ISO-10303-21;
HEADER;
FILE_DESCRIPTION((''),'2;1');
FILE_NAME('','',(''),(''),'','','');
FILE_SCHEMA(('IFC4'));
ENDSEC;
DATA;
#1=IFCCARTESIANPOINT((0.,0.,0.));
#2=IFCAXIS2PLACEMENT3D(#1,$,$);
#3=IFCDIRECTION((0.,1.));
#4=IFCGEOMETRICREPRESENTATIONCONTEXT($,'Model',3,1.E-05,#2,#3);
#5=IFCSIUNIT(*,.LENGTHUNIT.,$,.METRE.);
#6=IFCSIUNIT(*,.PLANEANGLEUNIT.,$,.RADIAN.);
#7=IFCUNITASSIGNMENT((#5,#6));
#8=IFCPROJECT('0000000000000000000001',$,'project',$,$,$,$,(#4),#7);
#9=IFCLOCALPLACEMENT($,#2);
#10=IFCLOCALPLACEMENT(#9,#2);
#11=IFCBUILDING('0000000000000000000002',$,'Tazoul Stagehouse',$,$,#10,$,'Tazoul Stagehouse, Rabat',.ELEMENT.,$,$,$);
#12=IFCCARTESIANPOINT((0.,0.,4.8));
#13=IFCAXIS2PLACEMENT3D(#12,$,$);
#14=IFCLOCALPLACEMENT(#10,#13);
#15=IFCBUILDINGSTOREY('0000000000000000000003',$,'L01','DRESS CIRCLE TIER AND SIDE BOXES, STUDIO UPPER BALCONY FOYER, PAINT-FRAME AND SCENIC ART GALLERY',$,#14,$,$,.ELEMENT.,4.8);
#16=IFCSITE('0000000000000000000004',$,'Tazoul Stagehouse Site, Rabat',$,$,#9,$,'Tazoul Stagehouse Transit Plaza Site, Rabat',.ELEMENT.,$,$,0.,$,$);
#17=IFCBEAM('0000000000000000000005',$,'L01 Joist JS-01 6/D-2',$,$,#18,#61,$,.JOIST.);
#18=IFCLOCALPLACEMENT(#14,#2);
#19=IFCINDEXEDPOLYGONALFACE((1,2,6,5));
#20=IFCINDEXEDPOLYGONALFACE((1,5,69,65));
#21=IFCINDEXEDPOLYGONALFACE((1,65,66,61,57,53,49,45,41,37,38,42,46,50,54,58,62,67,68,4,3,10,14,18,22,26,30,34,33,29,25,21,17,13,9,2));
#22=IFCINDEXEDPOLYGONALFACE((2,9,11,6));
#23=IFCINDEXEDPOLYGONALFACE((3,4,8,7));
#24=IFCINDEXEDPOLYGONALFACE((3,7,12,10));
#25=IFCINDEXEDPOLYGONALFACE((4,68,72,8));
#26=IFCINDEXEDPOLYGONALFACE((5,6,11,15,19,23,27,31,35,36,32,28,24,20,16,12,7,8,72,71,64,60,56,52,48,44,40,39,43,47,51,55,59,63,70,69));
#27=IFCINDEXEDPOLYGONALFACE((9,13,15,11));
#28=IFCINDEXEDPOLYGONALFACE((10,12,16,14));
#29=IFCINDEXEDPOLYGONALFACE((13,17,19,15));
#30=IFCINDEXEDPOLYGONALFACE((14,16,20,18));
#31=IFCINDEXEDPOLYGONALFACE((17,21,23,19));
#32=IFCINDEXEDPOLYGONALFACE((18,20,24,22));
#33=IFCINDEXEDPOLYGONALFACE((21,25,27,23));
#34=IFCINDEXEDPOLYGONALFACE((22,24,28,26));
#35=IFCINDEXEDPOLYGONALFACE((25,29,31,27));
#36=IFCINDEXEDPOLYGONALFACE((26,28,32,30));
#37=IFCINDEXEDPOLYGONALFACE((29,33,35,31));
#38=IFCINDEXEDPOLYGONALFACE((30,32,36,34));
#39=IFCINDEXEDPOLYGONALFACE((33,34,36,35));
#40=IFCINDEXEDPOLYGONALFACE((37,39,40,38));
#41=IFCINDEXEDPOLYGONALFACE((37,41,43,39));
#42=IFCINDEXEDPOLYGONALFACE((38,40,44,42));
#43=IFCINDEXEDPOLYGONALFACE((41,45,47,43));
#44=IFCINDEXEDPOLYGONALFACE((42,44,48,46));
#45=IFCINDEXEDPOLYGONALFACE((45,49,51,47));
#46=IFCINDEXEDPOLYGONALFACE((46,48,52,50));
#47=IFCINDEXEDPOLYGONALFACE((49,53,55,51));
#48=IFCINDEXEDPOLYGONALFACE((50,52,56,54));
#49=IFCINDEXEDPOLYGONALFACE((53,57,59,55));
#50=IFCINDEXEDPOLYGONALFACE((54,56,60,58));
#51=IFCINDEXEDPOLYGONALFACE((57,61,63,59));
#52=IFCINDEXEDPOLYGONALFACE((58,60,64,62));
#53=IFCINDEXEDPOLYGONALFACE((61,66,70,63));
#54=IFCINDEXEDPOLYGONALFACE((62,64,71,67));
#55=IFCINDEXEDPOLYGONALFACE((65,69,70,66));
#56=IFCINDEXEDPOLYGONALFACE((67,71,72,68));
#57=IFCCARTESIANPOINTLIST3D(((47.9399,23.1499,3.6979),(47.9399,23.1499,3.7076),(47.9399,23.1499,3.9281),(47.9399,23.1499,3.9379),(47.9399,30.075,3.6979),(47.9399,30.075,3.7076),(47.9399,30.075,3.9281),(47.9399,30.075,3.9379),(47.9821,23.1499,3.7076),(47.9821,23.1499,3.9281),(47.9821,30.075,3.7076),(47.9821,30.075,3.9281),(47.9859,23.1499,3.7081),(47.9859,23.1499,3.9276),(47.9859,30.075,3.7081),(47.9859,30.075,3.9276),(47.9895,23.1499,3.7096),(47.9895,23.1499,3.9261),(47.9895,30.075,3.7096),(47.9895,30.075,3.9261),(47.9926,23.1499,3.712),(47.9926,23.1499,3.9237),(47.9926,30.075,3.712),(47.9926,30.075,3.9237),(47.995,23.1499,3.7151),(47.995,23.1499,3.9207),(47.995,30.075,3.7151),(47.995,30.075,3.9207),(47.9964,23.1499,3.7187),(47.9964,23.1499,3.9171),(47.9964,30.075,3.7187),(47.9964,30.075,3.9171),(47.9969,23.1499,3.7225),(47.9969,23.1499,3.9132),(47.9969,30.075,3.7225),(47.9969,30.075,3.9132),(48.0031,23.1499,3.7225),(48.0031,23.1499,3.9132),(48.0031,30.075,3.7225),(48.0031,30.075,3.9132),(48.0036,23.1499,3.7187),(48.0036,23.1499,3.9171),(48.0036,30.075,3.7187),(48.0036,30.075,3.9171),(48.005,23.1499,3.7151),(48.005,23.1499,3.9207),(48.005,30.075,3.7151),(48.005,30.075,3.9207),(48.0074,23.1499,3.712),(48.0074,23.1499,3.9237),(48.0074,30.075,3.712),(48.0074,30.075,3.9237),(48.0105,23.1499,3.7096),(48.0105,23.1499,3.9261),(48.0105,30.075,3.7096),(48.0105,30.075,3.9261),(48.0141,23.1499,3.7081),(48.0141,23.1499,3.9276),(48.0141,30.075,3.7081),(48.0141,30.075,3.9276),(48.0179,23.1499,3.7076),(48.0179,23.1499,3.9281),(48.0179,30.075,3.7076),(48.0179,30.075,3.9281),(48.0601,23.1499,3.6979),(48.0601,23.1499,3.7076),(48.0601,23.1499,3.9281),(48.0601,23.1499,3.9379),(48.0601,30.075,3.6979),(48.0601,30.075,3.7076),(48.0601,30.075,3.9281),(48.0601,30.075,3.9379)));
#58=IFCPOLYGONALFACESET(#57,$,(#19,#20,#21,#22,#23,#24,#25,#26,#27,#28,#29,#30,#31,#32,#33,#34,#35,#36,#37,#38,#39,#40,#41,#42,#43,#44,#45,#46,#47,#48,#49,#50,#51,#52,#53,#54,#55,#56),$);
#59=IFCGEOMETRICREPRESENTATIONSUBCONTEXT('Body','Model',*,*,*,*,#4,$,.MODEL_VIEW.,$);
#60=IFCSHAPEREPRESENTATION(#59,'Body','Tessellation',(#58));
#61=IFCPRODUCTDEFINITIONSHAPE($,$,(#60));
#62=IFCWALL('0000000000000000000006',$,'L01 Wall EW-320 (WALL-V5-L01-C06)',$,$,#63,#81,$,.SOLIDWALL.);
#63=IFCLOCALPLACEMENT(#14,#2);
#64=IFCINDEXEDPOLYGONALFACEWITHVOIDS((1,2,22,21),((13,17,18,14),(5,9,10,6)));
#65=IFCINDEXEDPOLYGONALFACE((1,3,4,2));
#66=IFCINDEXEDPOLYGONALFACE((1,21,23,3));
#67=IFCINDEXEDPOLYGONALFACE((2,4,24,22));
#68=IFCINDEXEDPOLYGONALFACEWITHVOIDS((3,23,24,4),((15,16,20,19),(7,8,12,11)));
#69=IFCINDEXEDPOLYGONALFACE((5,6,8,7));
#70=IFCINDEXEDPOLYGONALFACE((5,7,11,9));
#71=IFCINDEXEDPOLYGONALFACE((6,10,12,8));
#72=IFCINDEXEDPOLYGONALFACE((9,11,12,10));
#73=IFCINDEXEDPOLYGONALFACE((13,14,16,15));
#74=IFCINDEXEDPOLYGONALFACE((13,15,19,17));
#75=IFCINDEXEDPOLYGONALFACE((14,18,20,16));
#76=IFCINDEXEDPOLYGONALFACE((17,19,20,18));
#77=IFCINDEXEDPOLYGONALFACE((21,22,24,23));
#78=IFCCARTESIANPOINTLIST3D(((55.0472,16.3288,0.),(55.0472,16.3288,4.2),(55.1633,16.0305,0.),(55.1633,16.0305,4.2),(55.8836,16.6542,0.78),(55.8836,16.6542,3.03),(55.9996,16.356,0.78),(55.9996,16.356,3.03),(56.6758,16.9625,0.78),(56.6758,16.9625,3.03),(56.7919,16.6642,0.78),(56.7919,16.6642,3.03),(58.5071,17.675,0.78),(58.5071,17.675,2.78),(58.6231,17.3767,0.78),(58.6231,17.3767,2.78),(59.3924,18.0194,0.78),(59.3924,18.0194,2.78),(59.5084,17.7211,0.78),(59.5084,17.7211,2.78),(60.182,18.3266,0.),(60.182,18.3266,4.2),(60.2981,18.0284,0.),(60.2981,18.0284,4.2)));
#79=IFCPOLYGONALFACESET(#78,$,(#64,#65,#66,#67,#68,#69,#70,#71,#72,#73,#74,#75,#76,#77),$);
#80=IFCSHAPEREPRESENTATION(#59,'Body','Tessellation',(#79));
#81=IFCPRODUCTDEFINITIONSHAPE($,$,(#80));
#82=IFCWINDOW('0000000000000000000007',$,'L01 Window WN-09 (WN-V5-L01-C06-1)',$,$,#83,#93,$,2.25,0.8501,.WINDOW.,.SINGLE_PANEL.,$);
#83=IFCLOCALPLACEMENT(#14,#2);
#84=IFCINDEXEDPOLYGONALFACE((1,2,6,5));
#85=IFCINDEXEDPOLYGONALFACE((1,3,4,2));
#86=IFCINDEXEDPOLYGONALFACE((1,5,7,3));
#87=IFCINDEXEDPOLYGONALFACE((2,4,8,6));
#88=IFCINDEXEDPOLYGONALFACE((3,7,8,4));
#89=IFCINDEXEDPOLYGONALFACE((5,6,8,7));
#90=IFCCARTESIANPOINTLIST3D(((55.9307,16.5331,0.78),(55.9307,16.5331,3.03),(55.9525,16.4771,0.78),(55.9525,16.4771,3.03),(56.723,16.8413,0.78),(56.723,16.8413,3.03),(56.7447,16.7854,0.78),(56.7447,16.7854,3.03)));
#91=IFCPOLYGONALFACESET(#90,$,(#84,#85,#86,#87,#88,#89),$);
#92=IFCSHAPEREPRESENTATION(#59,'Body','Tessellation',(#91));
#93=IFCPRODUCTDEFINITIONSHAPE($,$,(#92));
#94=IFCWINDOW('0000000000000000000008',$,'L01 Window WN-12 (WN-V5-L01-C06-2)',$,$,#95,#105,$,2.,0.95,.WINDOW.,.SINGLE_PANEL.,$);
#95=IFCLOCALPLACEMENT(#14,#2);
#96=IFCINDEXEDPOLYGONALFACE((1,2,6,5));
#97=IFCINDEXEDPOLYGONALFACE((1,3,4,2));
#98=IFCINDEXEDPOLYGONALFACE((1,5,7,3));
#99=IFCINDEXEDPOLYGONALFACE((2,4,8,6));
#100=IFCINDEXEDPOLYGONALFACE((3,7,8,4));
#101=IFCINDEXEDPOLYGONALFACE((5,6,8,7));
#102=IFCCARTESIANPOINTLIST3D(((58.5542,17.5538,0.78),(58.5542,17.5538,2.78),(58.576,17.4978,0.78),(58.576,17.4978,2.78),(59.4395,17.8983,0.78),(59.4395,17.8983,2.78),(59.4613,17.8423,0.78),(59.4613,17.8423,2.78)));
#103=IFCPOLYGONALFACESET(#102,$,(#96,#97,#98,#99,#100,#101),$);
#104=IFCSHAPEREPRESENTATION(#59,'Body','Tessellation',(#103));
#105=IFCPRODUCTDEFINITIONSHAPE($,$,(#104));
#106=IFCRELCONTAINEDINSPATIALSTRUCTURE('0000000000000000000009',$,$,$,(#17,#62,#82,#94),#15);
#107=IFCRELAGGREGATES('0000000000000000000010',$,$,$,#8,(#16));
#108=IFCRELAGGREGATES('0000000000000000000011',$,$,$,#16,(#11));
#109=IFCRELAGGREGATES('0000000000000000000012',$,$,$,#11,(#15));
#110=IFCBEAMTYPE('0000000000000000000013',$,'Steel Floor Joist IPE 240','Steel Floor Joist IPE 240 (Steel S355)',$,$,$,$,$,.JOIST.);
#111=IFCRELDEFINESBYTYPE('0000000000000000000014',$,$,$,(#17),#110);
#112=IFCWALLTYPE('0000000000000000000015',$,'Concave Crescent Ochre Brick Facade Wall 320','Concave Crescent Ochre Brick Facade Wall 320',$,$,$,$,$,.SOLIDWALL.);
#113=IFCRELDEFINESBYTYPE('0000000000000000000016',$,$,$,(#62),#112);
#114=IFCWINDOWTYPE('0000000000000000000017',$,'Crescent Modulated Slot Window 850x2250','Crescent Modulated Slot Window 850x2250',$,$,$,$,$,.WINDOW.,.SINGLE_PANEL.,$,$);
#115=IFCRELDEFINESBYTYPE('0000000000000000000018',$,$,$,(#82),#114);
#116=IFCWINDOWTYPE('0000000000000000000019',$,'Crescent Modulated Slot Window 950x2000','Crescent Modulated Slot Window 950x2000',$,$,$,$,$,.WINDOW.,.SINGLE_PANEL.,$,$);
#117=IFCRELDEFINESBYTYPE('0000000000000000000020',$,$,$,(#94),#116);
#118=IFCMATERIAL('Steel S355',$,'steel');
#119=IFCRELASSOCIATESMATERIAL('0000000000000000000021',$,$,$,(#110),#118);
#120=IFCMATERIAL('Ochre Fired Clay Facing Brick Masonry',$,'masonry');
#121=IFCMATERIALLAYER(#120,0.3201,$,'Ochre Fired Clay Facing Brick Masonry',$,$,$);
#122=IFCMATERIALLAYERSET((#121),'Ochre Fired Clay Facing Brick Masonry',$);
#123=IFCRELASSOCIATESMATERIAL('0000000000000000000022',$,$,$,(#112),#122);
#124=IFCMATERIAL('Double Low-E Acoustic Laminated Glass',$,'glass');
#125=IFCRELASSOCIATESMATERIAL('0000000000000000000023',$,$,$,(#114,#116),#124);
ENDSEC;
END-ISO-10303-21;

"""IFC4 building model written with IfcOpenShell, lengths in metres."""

from ifc_helpers import new_model, si_unit, direction, frame, frame_2d, origin, origin_2d, place, context, subcontext, project, spatial, rectangle, i_section, extrude, material, layer, layer_set, material_profile, profile_set, type_object, element, fill, save


model = new_model("IFC4")

# Units and contexts
model_context = context("Model", 3, precision=1e-05, world=origin(), true_north=direction((0.0, 1.0)))
body_context = subcontext(model_context, "Body", "Model", "MODEL_VIEW")
ifc_project = project(units=[si_unit("LENGTHUNIT", "METRE"), si_unit("PLANEANGLEUNIT", "RADIAN")], contexts=[model_context])

# Site, building, storey
site_placement = place(None, origin())
site = spatial("IfcSite", under=ifc_project, at=site_placement, Name="Tazoul Stagehouse Site, Rabat", LongName="Tazoul Stagehouse Transit Plaza Site, Rabat", CompositionType="ELEMENT", RefElevation=0.0)
building_placement = place(site_placement, origin())
building = spatial("IfcBuilding", under=site, at=building_placement, Name="Tazoul Stagehouse", LongName="Tazoul Stagehouse, Rabat", CompositionType="ELEMENT")
storey_placement = place(building_placement, frame((0.0, 0.0, 4.8)))
storey = spatial("IfcBuildingStorey", under=building, at=storey_placement, Name="L01", Description="DRESS CIRCLE TIER AND SIDE BOXES, STUDIO UPPER BALCONY FOYER, PAINT-FRAME AND SCENIC ART GALLERY", CompositionType="ELEMENT", Elevation=4.8)

# Beam
ifc_material_1 = material(Name="Steel S355", Category="steel")
ifc_material_profile_1 = material_profile(ifc_material_1, i_section(OverallWidth=0.1201, OverallDepth=0.24, WebThickness=0.0061, FlangeThickness=0.0098, FilletRadius=0.0149, at=origin_2d()), Name="IPE 240")
ifc_profile_set_1 = profile_set([ifc_material_profile_1], Name="Steel S355")
beam_type_1 = type_object("IfcBeamType", Name="Steel Floor Joist IPE 240", Description="Steel Floor Joist IPE 240 (Steel S355)", PredefinedType="JOIST", material=ifc_profile_set_1)
for number, where, z_axis, x_axis, name in (
    (1, (48.0, 23.1499, 3.8179), (0.0, 1.0, 0.0), (-1.0, 0.0, 0.0), "L01 Joist JS-01 6/D-2"),
):
    element("IfcBeam", number, at=place(storey_placement, frame(where, z_axis=z_axis, x_axis=x_axis)), inside=storey, type_object=beam_type_1, Name=name, PredefinedType="JOIST", context=body_context, shape_type="SweptSolid", body=[
        extrude(i_section(OverallWidth=0.1201, OverallDepth=0.24, WebThickness=0.0061, FlangeThickness=0.0098, FilletRadius=0.0149, at=origin_2d()), origin(), (0.0, 0.0, 1.0), 6.925),
    ])

# Wall, openings, windows
ifc_material_2 = material(Name="Ochre Fired Clay Facing Brick Masonry", Category="masonry")
ifc_layer = layer(ifc_material_2, 0.3201, Name="Ochre Fired Clay Facing Brick Masonry")
ifc_layer_set = layer_set([ifc_layer], Name="Ochre Fired Clay Facing Brick Masonry")
wall_type = type_object("IfcWallType", Name="Concave Crescent Ochre Brick Facade Wall 320", Description="Concave Crescent Ochre Brick Facade Wall 320", PredefinedType="SOLIDWALL", material=ifc_layer_set)
wall_placement = place(storey_placement, frame((55.1052, 16.1797, 0.0), z_axis=(0.0, 0.0, 1.0), x_axis=(0.931946, 0.362596, 0.0)))
wall = element("IfcWall", 2, at=wall_placement, inside=storey, type_object=wall_type, Name="L01 Wall EW-320 (WALL-V5-L01-C06)", PredefinedType="SOLIDWALL", context=body_context, shape_type="SweptSolid", body=[
    extrude(rectangle(XDim=5.5098, YDim=0.3201, at=frame_2d((2.7549, 0.0))), origin(), (0.0, 0.0, 1.0), 4.2),
])
opening_1_placement = place(wall_placement, frame((0.8975, 0.0, 0.78)))
opening_1 = element("IfcOpeningElement", 3, at=opening_1_placement, cuts=wall, PredefinedType="OPENING", context=body_context, shape_type="SweptSolid", body=[
    extrude(rectangle(XDim=0.8501, YDim=2.25, at=frame_2d((0.425, 1.125))), frame((0.0, 0.1799, 0.0), z_axis=(0.0, -1.0, 0.0), x_axis=(1.0, 0.0, 0.0)), (0.0, 0.0, 1.0), 0.3601),
])
opening_2_placement = place(wall_placement, frame((3.7124, 0.0, 0.78)))
opening_2 = element("IfcOpeningElement", 4, at=opening_2_placement, cuts=wall, PredefinedType="OPENING", context=body_context, shape_type="SweptSolid", body=[
    extrude(rectangle(XDim=0.95, YDim=2.0, at=frame_2d((0.4751, 1.0))), frame((0.0, 0.1799, 0.0), z_axis=(0.0, -1.0, 0.0), x_axis=(1.0, 0.0, 0.0)), (0.0, 0.0, 1.0), 0.3601),
])
ifc_material_3 = material(Name="Double Low-E Acoustic Laminated Glass", Category="glass")
window_type_1 = type_object("IfcWindowType", Name="Crescent Modulated Slot Window 850x2250", Description="Crescent Modulated Slot Window 850x2250", PartitioningType="SINGLE_PANEL", PredefinedType="WINDOW", material=ifc_material_3)
window_1_placement = place(opening_1_placement, origin())
window_1 = element("IfcWindow", 5, at=window_1_placement, inside=storey, type_object=window_type_1, Name="L01 Window WN-09 (WN-V5-L01-C06-1)", OverallHeight=2.25, OverallWidth=0.8501, PartitioningType="SINGLE_PANEL", PredefinedType="WINDOW", context=body_context, shape_type="SweptSolid", body=[
    extrude(rectangle(XDim=0.8501, YDim=2.25, at=frame_2d((0.425, 1.125))), frame((0.0, 0.03, 0.0), z_axis=(0.0, -1.0, 0.0), x_axis=(1.0, 0.0, 0.0)), (0.0, 0.0, 1.0), 0.0601),
])
fill(opening_1, window_1)
window_type_2 = type_object("IfcWindowType", Name="Crescent Modulated Slot Window 950x2000", Description="Crescent Modulated Slot Window 950x2000", PartitioningType="SINGLE_PANEL", PredefinedType="WINDOW", material=ifc_material_3)
window_2_placement = place(opening_2_placement, origin())
window_2 = element("IfcWindow", 6, at=window_2_placement, inside=storey, type_object=window_type_2, Name="L01 Window WN-12 (WN-V5-L01-C06-2)", OverallHeight=2.0, OverallWidth=0.95, PartitioningType="SINGLE_PANEL", PredefinedType="WINDOW", context=body_context, shape_type="SweptSolid", body=[
    extrude(rectangle(XDim=0.95, YDim=2.0, at=frame_2d((0.4751, 1.0))), frame((0.0, 0.03, 0.0), z_axis=(0.0, -1.0, 0.0), x_axis=(1.0, 0.0, 0.0)), (0.0, 0.0, 1.0), 0.0601),
])
fill(opening_2, window_2)

save(model, "model.ifc")
